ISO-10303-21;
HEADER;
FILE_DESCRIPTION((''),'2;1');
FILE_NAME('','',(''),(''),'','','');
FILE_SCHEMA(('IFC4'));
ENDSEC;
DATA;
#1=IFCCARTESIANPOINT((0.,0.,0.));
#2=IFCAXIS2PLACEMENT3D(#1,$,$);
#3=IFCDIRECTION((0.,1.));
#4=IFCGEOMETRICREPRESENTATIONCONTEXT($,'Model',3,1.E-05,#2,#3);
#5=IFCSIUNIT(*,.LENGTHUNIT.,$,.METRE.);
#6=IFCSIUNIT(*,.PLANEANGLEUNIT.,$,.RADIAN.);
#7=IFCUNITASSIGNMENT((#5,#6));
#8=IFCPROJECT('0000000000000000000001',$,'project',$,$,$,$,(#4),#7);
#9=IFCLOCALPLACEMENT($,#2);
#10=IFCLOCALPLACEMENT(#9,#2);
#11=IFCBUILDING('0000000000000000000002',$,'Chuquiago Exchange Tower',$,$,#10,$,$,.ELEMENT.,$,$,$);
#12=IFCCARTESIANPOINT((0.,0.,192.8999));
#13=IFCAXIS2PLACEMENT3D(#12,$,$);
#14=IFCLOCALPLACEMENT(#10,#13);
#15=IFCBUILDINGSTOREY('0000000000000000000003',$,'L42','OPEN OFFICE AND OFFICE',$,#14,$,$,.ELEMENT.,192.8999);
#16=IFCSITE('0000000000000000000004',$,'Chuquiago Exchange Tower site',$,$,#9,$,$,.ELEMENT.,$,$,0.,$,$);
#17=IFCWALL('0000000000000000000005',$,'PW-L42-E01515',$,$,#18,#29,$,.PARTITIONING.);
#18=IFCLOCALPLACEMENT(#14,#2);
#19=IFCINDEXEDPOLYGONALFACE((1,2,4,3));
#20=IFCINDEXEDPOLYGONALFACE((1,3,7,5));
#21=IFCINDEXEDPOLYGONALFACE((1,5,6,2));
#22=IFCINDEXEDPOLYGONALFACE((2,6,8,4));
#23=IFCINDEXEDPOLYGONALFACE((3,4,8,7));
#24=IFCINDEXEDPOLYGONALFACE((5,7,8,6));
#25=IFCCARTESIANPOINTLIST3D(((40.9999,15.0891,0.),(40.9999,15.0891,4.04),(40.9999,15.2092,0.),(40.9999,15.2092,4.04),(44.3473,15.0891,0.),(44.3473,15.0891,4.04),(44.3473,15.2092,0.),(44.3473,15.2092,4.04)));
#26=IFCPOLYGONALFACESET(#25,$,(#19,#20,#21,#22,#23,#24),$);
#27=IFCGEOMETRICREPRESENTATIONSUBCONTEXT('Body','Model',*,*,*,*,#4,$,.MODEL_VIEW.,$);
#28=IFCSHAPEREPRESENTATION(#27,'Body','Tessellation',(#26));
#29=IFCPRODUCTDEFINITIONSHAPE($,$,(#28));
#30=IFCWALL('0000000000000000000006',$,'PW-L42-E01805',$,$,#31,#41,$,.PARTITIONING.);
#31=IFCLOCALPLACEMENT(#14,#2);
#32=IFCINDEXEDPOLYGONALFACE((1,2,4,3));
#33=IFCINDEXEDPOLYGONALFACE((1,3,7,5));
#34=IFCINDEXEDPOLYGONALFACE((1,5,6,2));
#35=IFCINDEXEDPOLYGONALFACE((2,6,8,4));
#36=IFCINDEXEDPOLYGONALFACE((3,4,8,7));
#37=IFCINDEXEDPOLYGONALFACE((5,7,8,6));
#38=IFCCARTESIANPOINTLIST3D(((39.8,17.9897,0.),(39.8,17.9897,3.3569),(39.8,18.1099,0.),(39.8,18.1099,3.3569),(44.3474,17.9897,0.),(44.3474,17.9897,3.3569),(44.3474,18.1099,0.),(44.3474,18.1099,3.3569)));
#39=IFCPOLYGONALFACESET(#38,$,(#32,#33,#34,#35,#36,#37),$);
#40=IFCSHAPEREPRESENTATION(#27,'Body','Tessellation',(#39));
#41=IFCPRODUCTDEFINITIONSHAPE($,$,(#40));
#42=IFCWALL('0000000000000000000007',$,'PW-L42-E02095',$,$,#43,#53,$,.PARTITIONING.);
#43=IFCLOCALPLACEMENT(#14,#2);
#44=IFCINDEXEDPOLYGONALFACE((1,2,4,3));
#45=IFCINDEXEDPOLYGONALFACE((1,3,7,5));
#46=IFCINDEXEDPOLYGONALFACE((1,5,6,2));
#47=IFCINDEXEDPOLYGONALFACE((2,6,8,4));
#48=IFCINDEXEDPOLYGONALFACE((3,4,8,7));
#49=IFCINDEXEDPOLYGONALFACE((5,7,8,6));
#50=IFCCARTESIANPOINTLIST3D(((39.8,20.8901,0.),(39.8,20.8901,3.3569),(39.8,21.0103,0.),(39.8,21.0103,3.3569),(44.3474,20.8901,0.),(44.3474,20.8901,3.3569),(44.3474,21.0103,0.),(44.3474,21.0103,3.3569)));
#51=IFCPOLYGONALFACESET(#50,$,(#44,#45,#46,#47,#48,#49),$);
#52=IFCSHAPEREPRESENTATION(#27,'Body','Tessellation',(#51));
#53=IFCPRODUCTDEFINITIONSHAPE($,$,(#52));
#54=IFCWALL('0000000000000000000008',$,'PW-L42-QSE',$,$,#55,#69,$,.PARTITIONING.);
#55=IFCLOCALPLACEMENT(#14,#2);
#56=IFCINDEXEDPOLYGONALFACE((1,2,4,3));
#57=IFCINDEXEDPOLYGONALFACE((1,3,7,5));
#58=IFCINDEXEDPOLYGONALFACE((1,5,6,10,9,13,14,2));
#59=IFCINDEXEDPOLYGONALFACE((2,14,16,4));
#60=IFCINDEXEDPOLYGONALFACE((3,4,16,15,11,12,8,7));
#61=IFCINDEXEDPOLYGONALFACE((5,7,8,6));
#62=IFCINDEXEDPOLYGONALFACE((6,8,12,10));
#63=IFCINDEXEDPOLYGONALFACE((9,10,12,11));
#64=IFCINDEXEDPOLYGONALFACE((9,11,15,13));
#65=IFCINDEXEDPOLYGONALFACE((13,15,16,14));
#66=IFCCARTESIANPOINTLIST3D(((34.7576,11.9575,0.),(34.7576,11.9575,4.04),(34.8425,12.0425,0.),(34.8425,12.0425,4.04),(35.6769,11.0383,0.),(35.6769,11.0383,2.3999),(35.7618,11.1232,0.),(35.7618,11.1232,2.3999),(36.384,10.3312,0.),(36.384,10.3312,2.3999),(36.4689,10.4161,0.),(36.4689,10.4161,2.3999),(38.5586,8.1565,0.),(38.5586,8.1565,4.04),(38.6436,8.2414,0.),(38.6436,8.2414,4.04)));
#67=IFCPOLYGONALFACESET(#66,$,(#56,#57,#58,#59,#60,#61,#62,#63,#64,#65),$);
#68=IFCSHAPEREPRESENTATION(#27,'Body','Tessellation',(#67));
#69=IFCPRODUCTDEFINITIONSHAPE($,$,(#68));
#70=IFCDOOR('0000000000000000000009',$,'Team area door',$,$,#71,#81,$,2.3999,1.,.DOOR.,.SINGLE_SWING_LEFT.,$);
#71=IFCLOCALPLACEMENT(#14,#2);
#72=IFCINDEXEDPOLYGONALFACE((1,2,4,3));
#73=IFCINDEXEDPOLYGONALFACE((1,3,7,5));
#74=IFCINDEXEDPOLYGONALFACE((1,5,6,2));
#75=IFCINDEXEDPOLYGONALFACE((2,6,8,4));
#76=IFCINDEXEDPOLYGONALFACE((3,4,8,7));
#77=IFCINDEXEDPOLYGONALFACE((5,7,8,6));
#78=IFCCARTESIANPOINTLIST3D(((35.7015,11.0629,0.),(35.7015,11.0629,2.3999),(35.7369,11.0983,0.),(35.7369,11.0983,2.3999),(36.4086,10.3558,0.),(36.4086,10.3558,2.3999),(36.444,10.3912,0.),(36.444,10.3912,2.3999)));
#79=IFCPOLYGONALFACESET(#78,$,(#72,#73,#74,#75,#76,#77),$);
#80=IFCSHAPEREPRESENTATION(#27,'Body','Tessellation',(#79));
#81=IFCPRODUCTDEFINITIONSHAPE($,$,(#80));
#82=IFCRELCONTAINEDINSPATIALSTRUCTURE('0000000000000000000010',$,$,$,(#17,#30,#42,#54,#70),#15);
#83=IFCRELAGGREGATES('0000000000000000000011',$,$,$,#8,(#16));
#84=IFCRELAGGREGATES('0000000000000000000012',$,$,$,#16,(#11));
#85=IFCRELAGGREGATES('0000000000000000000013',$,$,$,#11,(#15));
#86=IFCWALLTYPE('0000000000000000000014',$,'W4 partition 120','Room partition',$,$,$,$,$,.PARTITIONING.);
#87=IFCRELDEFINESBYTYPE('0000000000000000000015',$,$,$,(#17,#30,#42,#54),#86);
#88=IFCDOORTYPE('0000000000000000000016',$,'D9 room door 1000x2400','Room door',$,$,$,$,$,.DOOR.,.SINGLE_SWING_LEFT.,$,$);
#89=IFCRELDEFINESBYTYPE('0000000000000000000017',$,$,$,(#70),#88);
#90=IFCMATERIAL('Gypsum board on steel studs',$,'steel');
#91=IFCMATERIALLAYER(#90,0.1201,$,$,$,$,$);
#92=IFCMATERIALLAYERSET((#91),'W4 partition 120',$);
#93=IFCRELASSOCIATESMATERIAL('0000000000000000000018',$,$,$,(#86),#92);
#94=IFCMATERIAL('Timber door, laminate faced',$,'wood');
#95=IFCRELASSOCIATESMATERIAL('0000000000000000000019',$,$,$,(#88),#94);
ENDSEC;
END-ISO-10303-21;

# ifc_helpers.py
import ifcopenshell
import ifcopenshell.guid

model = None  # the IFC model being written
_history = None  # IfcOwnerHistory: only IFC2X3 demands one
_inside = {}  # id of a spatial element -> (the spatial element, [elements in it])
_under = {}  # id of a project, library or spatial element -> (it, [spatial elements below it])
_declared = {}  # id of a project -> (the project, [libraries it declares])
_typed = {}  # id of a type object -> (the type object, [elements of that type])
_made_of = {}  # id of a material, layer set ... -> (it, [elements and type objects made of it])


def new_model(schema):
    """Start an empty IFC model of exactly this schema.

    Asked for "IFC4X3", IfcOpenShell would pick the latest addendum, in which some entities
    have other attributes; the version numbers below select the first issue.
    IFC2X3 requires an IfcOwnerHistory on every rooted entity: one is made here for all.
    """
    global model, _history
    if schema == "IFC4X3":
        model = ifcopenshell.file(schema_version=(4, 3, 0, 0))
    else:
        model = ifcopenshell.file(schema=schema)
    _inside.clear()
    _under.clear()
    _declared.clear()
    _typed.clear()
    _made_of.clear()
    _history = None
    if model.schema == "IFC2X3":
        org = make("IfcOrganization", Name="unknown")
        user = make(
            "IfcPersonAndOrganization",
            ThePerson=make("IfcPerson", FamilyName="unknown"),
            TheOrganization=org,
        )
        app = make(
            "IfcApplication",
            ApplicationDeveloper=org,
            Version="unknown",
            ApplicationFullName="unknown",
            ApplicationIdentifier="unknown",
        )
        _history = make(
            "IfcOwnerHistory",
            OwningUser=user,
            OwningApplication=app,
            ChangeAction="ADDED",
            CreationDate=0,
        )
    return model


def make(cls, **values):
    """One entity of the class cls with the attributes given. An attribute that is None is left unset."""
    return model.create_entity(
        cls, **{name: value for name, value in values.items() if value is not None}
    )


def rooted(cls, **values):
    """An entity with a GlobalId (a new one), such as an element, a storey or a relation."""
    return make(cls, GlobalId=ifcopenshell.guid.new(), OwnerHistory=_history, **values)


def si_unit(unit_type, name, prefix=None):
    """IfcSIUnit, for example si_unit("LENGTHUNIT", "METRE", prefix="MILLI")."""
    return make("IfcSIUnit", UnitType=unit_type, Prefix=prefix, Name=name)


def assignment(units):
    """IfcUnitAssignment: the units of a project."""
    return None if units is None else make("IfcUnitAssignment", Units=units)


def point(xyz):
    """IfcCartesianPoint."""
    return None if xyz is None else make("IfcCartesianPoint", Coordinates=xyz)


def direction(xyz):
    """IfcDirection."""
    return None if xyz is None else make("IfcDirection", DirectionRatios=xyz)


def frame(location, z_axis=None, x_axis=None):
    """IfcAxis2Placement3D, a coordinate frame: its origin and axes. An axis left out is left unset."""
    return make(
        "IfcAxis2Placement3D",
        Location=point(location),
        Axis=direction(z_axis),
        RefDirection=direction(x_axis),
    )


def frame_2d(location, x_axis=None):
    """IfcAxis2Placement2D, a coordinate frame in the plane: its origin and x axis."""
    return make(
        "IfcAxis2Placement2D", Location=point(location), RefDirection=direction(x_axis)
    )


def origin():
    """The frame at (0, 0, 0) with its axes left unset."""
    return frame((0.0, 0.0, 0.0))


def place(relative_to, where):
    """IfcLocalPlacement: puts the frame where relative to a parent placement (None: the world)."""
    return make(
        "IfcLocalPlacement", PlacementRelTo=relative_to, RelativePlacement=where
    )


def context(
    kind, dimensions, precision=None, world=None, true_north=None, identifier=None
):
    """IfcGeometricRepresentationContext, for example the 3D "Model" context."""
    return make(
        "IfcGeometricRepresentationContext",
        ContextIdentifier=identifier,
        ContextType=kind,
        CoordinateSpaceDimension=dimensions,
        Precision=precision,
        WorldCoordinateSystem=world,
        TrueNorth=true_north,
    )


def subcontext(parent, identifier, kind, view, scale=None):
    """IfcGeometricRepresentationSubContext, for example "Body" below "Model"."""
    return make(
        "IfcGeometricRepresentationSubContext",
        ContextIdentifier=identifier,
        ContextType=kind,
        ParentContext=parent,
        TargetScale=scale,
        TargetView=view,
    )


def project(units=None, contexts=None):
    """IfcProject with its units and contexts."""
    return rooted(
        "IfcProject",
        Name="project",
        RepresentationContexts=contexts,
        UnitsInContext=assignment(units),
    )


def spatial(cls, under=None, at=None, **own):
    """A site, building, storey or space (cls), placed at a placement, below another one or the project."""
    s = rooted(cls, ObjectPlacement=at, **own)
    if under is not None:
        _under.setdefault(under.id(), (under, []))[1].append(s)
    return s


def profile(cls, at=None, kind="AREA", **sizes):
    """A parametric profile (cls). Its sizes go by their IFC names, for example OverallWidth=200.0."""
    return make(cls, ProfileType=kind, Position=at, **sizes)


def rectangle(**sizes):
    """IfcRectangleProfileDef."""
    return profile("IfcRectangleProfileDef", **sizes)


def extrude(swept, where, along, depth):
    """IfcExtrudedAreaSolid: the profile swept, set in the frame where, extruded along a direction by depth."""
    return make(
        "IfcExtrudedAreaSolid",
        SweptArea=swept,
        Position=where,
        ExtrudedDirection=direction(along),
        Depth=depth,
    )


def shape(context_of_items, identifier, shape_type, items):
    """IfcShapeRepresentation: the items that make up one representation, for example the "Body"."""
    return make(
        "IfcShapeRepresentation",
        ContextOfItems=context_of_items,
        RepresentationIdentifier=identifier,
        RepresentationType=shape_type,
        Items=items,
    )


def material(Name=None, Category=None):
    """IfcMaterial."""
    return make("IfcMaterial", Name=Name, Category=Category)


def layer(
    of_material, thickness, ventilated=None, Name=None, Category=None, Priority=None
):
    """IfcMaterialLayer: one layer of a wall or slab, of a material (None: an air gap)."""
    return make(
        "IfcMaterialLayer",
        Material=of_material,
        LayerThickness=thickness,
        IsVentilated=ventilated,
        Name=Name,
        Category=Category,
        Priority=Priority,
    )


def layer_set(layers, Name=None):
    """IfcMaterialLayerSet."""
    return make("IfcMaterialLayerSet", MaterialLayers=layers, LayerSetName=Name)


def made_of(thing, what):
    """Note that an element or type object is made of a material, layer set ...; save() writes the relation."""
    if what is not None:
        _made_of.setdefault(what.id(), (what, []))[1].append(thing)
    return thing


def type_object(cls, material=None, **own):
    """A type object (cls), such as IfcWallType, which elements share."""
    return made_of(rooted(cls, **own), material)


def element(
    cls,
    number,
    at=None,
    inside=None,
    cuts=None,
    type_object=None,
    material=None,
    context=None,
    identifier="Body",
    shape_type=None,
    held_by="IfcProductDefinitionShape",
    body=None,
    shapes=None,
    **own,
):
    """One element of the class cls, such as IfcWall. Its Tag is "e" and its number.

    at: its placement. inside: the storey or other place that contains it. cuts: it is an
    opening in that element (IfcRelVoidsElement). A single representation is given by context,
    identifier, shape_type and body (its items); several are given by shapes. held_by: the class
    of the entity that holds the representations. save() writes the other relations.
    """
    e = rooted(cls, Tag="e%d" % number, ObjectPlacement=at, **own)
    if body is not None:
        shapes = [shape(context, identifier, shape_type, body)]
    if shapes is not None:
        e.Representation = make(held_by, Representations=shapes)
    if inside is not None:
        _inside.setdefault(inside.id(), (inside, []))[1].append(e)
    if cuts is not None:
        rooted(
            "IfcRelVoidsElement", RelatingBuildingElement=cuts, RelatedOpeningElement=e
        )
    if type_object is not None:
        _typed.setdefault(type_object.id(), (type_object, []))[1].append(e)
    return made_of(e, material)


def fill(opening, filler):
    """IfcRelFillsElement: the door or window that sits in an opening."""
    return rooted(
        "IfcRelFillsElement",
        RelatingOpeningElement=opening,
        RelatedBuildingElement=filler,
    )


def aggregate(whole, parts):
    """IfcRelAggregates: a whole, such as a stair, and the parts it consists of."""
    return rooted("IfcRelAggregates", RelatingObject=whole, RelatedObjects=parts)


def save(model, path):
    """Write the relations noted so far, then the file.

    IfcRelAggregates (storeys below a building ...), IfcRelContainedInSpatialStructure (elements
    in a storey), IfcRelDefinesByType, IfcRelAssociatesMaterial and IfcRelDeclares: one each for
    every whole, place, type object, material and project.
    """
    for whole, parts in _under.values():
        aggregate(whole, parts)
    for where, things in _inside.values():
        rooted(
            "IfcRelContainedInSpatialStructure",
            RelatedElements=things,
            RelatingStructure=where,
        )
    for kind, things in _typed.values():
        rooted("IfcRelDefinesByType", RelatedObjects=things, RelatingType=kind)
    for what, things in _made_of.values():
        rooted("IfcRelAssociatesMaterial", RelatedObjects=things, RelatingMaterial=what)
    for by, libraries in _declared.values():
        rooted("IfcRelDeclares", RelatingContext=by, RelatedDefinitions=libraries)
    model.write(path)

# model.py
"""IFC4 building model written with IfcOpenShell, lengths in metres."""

from ifc_helpers import new_model, si_unit, direction, frame, frame_2d, origin, place, context, subcontext, project, spatial, rectangle, extrude, material, layer, layer_set, type_object, element, fill, save


model = new_model("IFC4")

# Units and contexts
model_context = context("Model", 3, precision=1e-05, world=origin(), true_north=direction((0.0, 1.0)))
body_context = subcontext(model_context, "Body", "Model", "MODEL_VIEW")
ifc_project = project(units=[si_unit("LENGTHUNIT", "METRE"), si_unit("PLANEANGLEUNIT", "RADIAN")], contexts=[model_context])

# Site, building, storey
site_placement = place(None, origin())
site = spatial("IfcSite", under=ifc_project, at=site_placement, Name="Chuquiago Exchange Tower site", CompositionType="ELEMENT", RefElevation=0.0)
building_placement = place(site_placement, origin())
building = spatial("IfcBuilding", under=site, at=building_placement, Name="Chuquiago Exchange Tower", CompositionType="ELEMENT")
storey_placement = place(building_placement, frame((0.0, 0.0, 192.8999)))
storey = spatial("IfcBuildingStorey", under=building, at=storey_placement, Name="L42", Description="OPEN OFFICE AND OFFICE", CompositionType="ELEMENT", Elevation=192.8999)

# Walls
ifc_material_1 = material(Name="Gypsum board on steel studs", Category="steel")
ifc_layer_1 = layer(ifc_material_1, 0.1201)
ifc_layer_set_1 = layer_set([ifc_layer_1], Name="W4 partition 120")
wall_type_1 = type_object("IfcWallType", Name="W4 partition 120", Description="Room partition", PredefinedType="PARTITIONING", material=ifc_layer_set_1)
wall_1_placement = place(storey_placement, frame((44.3474, 15.1492, 0.0), z_axis=(0.0, 0.0, 1.0), x_axis=(-1.0, 0.0, 0.0)))
element("IfcWall", 1, at=wall_1_placement, inside=storey, type_object=wall_type_1, Name="PW-L42-E01515", PredefinedType="PARTITIONING", context=body_context, shape_type="SweptSolid", body=[
    extrude(rectangle(XDim=3.3474, YDim=0.1201, at=frame_2d((1.6738, 0.0))), origin(), (0.0, 0.0, 1.0), 4.04),
])
for number, where, z_axis, x_axis, name in (
    (2, (44.3474, 18.0498, 0.0), (0.0, 0.0, 1.0), (-1.0, 0.0, 0.0), "PW-L42-E01805"),
    (3, (44.3474, 20.9502, 0.0), (0.0, 0.0, 1.0), (-1.0, 0.0, 0.0), "PW-L42-E02095"),
):
    element("IfcWall", number, at=place(storey_placement, frame(where, z_axis=z_axis, x_axis=x_axis)), inside=storey, type_object=wall_type_1, Name=name, PredefinedType="PARTITIONING", context=body_context, shape_type="SweptSolid", body=[
        extrude(rectangle(XDim=4.5474, YDim=0.1201, at=frame_2d((2.2737, 0.0))), origin(), (0.0, 0.0, 1.0), 3.3569),
    ])

# Wall, opening, door
ifc_material_2 = material(Name="Timber door, laminate faced", Category="wood")
door_type_1 = type_object("IfcDoorType", Name="D9 room door 1000x2400", Description="Room door", OperationType="SINGLE_SWING_LEFT", PredefinedType="DOOR", material=ifc_material_2)
wall_2_placement = place(storey_placement, frame((34.8, 12.0, 0.0), z_axis=(0.0, 0.0, 1.0), x_axis=(0.707107, -0.707107, 0.0)))
wall_2 = element("IfcWall", 4, at=wall_2_placement, inside=storey, type_object=wall_type_1, Name="PW-L42-QSE", PredefinedType="PARTITIONING", context=body_context, shape_type="SweptSolid", body=[
    extrude(rectangle(XDim=5.3755, YDim=0.1201, at=frame_2d((2.6877, 0.0))), origin(), (0.0, 0.0, 1.0), 4.04),
])
opening_1_placement = place(wall_2_placement, frame((1.3, 0.0, 0.0)))
opening_1 = element("IfcOpeningElement", 5, at=opening_1_placement, cuts=wall_2, PredefinedType="OPENING", context=body_context, shape_type="SweptSolid", body=[
    extrude(rectangle(XDim=1.0, YDim=2.3999, at=frame_2d((0.5, 1.2))), frame((0.0, 0.0701, 0.0), z_axis=(0.0, -1.0, 0.0), x_axis=(1.0, 0.0, 0.0)), (0.0, 0.0, 1.0), 0.1401),
])
door_1_placement = place(opening_1_placement, origin())
door_1 = element("IfcDoor", 6, at=door_1_placement, inside=storey, type_object=door_type_1, Name="Team area door", OperationType="SINGLE_SWING_LEFT", OverallHeight=2.3999, OverallWidth=1.0, PredefinedType="DOOR", context=body_context, shape_type="SweptSolid", body=[
    extrude(rectangle(XDim=1.0, YDim=2.3999, at=frame_2d((0.5, 1.2))), frame((0.0, 0.0249, 0.0), z_axis=(0.0, -1.0, 0.0), x_axis=(1.0, 0.0, 0.0)), (0.0, 0.0, 1.0), 0.05),
])
fill(opening_1, door_1)

save(model, "model.ifc")
